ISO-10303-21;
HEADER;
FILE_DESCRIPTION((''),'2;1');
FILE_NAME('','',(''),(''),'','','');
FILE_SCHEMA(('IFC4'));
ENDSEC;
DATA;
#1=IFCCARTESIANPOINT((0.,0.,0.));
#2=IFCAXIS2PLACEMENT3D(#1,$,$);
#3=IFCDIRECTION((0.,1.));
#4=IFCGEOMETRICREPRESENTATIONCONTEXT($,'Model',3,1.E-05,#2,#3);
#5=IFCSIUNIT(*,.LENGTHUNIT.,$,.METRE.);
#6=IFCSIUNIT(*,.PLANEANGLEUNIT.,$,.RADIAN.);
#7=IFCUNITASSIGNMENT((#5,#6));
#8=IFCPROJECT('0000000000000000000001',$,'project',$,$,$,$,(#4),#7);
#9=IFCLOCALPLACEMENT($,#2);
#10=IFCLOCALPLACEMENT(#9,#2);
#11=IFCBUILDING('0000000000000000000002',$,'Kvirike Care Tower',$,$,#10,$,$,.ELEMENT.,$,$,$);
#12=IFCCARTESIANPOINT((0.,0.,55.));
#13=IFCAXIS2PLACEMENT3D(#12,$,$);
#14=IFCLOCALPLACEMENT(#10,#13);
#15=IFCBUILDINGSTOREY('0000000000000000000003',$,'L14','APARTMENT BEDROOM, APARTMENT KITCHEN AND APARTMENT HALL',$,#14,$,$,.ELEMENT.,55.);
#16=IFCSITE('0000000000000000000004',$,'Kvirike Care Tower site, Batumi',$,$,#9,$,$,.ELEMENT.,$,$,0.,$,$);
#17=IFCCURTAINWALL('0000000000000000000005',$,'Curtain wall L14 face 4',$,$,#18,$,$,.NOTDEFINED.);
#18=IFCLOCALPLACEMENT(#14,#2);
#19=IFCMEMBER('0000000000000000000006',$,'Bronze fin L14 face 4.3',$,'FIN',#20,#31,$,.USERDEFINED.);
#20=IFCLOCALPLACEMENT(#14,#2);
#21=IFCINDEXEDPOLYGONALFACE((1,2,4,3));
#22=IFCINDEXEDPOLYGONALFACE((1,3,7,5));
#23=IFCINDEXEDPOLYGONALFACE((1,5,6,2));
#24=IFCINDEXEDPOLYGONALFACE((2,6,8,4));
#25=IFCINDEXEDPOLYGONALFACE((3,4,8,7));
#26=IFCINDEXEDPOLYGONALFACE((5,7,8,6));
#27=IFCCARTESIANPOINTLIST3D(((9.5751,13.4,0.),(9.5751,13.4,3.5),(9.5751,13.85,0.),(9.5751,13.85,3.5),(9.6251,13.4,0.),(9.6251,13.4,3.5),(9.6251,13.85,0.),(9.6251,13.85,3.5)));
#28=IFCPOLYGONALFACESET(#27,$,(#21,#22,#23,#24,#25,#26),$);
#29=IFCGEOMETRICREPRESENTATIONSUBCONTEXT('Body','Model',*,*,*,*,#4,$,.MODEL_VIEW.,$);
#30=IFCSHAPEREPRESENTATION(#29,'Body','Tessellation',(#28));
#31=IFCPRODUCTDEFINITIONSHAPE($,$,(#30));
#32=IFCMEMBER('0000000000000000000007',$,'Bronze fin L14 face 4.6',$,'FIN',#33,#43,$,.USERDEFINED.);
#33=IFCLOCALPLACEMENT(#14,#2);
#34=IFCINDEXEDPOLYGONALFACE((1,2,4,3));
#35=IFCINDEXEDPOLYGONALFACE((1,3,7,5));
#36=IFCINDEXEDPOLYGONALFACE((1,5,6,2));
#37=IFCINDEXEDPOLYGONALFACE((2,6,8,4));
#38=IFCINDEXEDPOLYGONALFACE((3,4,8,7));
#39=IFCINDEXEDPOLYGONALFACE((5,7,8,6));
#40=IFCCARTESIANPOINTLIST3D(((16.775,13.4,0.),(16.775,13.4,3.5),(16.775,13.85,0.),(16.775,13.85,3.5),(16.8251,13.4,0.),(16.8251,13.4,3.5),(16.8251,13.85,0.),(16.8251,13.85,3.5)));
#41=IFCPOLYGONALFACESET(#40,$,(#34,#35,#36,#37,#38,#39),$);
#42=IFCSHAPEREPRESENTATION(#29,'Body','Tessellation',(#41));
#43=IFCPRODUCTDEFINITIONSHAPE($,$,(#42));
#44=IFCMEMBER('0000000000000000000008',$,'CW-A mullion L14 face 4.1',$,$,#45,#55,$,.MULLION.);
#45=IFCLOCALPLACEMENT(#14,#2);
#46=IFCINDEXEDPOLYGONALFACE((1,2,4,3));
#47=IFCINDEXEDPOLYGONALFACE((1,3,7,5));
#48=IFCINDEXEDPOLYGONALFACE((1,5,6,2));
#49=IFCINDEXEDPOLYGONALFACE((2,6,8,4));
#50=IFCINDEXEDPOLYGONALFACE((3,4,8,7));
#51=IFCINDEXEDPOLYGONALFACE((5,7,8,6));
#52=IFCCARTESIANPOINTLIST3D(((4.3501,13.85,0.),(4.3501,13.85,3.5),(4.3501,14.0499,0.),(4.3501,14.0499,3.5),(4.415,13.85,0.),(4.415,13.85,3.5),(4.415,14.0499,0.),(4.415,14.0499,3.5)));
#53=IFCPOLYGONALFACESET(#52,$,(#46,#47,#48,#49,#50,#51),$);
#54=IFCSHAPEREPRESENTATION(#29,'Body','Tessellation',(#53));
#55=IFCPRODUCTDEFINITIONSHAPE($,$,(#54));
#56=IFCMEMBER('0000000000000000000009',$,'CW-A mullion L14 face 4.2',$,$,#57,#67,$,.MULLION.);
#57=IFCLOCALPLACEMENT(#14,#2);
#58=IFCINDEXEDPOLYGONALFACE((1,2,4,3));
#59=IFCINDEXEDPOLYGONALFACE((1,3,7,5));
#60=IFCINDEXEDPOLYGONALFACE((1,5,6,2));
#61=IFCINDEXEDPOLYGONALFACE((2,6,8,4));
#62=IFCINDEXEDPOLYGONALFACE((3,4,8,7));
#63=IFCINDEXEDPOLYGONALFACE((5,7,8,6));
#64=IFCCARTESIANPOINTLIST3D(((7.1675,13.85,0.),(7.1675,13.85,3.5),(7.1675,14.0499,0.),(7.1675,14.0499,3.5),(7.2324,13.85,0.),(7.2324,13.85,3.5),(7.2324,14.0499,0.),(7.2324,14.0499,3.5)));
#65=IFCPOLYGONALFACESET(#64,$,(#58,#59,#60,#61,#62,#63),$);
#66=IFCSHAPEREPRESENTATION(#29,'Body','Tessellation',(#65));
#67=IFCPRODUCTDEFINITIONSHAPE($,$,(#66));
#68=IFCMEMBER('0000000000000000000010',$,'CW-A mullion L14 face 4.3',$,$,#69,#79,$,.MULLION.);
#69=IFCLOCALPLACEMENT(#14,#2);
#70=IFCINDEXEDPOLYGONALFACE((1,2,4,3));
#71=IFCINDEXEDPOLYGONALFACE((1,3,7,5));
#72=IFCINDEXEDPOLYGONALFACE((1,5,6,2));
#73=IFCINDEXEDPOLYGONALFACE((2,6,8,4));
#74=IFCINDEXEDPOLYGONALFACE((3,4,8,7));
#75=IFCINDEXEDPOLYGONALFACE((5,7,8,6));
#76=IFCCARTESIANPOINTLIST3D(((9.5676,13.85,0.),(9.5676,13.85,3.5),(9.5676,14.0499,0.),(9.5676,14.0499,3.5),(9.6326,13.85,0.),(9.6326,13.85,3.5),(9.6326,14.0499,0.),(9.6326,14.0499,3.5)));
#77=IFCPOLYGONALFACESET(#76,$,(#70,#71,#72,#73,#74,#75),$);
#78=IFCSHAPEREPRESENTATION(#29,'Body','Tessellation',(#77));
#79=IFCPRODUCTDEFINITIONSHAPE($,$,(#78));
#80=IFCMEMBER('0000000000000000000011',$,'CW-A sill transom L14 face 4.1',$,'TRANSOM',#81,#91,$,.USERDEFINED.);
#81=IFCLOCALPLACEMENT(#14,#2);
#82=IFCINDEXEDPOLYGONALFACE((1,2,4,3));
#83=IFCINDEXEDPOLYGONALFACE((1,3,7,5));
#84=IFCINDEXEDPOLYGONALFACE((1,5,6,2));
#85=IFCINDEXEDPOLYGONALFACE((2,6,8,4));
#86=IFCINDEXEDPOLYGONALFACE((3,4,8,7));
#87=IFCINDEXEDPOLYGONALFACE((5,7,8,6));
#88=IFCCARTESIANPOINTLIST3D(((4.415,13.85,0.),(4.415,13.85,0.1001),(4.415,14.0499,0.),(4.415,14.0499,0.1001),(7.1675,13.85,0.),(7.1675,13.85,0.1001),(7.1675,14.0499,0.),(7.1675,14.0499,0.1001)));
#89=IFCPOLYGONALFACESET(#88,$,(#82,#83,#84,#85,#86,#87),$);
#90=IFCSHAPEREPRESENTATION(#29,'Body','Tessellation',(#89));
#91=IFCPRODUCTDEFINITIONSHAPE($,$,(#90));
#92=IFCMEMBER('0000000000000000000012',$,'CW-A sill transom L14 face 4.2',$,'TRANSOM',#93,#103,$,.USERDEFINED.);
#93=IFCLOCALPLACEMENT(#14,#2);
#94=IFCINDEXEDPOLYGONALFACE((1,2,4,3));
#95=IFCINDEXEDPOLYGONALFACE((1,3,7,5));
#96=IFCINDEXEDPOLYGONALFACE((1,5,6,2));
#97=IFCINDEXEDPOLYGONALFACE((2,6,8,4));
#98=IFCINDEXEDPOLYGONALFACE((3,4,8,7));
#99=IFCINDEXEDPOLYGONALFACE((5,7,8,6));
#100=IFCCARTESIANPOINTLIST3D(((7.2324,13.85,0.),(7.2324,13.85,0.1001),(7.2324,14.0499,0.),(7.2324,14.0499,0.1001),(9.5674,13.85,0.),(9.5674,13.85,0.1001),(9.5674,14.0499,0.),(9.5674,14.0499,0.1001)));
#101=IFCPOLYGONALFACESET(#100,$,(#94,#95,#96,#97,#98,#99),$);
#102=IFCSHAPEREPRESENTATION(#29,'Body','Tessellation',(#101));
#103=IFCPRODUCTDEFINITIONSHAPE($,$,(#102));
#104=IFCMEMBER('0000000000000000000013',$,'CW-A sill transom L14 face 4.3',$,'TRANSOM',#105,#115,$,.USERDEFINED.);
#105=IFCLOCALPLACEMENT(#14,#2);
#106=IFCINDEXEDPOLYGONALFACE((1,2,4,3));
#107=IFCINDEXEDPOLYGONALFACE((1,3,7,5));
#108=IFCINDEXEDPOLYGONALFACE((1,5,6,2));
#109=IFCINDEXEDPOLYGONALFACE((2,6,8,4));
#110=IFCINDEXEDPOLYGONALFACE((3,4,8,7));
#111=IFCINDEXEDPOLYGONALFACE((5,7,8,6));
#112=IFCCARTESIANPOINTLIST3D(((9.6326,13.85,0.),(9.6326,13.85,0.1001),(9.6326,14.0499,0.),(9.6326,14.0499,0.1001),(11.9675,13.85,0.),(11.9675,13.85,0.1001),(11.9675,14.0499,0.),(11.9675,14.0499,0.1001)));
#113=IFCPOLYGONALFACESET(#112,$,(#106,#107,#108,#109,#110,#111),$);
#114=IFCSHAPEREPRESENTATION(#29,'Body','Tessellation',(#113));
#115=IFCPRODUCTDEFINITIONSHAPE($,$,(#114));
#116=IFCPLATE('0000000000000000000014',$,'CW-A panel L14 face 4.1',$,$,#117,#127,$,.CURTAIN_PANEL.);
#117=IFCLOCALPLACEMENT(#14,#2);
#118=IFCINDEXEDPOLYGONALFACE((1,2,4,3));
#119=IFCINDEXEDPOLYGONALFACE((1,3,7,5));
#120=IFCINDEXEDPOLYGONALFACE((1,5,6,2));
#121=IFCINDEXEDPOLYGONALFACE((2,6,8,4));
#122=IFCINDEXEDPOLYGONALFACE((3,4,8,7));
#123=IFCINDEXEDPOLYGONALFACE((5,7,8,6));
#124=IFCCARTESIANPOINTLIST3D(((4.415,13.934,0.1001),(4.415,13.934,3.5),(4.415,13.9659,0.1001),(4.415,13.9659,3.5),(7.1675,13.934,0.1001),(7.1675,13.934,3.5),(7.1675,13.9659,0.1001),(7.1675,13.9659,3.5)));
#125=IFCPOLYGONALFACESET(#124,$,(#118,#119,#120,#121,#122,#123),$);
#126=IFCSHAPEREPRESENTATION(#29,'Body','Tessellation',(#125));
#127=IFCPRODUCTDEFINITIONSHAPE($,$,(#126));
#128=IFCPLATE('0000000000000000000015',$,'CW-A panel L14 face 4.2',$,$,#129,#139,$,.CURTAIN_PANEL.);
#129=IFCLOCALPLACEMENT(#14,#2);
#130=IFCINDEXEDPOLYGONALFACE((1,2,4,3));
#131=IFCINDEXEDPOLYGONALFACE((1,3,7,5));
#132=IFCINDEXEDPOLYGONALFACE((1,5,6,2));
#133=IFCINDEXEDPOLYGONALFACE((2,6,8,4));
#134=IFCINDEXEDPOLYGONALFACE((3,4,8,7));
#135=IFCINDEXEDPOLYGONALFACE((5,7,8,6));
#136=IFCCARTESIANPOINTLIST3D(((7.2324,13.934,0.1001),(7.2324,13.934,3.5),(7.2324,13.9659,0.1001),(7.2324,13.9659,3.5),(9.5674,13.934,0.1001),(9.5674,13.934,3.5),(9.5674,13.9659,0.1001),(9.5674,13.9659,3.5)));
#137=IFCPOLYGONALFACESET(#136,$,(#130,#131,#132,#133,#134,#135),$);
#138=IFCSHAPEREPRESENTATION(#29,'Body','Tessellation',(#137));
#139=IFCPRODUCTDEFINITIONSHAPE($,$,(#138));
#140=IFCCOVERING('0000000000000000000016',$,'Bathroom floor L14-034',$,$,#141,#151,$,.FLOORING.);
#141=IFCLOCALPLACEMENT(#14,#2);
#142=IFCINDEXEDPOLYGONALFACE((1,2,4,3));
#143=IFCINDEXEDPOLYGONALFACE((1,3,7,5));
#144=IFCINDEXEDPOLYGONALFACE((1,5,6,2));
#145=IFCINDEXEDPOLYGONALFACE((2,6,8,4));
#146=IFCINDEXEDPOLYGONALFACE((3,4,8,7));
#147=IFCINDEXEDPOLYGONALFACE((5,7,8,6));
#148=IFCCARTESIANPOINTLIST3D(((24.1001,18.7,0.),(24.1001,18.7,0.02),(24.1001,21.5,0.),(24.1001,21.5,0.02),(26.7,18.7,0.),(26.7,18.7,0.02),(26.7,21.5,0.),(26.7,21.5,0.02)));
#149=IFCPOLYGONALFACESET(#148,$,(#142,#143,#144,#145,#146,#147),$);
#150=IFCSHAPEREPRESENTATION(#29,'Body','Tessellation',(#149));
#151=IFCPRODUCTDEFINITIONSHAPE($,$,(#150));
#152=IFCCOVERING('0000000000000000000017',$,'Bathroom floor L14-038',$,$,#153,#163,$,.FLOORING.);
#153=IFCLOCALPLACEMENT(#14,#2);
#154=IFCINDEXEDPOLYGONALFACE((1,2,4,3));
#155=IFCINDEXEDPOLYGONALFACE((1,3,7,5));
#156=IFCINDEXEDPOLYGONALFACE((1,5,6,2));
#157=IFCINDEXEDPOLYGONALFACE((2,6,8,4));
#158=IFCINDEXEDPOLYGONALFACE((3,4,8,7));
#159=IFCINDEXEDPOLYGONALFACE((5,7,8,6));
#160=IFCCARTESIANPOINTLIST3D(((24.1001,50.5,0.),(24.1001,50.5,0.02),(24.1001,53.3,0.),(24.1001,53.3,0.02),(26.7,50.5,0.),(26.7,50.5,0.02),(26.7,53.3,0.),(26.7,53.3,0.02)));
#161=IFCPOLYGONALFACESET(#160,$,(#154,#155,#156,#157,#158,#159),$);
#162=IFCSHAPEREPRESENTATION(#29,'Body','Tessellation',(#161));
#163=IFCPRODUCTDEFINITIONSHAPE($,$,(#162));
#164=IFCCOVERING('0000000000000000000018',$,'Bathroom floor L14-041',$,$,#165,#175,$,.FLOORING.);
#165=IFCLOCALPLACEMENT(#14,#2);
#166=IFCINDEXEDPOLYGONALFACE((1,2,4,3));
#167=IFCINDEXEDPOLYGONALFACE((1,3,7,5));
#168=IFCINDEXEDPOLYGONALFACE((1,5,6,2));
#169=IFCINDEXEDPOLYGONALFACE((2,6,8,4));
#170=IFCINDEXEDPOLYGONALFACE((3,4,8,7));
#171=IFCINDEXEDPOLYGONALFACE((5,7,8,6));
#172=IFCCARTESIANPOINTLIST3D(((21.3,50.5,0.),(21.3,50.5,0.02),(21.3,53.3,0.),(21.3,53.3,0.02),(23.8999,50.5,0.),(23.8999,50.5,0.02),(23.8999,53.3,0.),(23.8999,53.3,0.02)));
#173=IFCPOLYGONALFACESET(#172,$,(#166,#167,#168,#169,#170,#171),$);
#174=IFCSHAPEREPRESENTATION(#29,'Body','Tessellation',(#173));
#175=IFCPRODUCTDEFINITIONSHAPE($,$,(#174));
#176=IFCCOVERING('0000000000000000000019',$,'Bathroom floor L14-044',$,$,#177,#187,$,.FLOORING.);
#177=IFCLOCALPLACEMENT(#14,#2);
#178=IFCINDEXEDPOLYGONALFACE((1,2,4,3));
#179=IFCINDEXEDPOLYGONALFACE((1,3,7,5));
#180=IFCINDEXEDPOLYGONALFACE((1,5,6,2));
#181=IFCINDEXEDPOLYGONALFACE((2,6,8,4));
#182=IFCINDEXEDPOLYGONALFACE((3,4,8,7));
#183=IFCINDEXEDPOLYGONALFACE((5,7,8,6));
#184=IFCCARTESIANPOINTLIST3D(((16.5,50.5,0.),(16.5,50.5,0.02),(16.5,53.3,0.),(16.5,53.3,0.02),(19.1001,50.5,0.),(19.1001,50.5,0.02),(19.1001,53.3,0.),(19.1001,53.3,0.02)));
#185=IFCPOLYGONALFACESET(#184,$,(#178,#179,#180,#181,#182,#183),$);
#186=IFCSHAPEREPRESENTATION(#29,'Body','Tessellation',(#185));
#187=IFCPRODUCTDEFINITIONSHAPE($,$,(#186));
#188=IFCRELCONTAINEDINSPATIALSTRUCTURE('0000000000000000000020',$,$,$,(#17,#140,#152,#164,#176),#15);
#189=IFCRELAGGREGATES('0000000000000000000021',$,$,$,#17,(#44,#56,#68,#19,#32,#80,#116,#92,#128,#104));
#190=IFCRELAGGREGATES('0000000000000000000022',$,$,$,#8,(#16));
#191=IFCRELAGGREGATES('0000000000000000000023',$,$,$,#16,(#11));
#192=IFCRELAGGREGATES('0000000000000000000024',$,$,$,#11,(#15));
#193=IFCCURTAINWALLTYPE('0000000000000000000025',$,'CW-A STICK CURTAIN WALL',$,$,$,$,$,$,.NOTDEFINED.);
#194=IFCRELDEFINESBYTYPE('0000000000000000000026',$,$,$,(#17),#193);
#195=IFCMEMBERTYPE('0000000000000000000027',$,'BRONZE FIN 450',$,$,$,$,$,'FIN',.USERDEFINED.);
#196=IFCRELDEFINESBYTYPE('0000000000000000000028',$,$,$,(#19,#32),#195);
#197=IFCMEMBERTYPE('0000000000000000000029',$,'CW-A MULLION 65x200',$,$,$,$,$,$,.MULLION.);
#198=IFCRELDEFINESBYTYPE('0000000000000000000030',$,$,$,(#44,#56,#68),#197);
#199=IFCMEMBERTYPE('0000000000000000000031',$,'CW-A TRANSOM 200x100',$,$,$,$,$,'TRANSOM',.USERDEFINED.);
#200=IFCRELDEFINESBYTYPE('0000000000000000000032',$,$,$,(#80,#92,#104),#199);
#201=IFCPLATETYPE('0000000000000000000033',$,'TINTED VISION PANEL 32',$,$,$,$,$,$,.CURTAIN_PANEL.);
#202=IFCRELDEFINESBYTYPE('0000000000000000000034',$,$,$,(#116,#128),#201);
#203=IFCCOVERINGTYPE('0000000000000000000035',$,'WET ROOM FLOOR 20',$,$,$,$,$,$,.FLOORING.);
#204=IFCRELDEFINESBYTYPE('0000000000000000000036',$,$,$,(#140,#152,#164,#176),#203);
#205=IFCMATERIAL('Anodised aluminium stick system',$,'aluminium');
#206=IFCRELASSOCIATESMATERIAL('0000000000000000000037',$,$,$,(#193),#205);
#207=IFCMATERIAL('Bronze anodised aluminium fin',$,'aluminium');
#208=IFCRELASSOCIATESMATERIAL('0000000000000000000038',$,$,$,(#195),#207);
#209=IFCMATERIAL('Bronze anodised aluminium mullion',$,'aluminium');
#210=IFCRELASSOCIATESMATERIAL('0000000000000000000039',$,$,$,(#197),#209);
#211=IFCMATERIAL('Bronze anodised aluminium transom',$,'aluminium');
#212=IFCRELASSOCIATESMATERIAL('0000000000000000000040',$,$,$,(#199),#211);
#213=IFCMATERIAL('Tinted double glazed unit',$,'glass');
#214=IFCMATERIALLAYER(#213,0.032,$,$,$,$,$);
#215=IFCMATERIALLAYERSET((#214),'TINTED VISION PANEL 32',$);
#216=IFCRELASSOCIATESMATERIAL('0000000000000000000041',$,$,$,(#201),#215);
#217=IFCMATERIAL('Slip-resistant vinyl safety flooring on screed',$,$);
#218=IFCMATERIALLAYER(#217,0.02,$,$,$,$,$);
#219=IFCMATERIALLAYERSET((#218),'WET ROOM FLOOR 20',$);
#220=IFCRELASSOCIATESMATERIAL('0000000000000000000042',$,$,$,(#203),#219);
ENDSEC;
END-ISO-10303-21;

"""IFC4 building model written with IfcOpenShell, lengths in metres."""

from ifc_helpers import new_model, si_unit, direction, frame, origin, origin_2d, place, context, subcontext, project, spatial, polyline, rectangle, outline, extrude, material, layer, layer_set, material_profile, profile_set, type_object, element, aggregate, save


model = new_model("IFC4")

# Units and contexts
model_context = context("Model", 3, precision=1e-05, world=origin(), true_north=direction((0.0, 1.0)))
body_context = subcontext(model_context, "Body", "Model", "MODEL_VIEW")
ifc_project = project(units=[si_unit("LENGTHUNIT", "METRE"), si_unit("PLANEANGLEUNIT", "RADIAN")], contexts=[model_context])

# Site, building, storey
site_placement = place(None, origin())
site = spatial("IfcSite", under=ifc_project, at=site_placement, Name="Kvirike Care Tower site, Batumi", CompositionType="ELEMENT", RefElevation=0.0)
building_placement = place(site_placement, origin())
building = spatial("IfcBuilding", under=site, at=building_placement, Name="Kvirike Care Tower", CompositionType="ELEMENT")
storey_placement = place(building_placement, frame((0.0, 0.0, 55.0)))
storey = spatial("IfcBuildingStorey", under=building, at=storey_placement, Name="L14", Description="APARTMENT BEDROOM, APARTMENT KITCHEN AND APARTMENT HALL", CompositionType="ELEMENT", Elevation=55.0)

# Curtain wall, members, plates
ifc_material_1 = material(Name="Anodised aluminium stick system", Category="aluminium")
curtain_wall_type = type_object("IfcCurtainWallType", Name="CW-A STICK CURTAIN WALL", PredefinedType="NOTDEFINED", material=ifc_material_1)
curtain_wall_placement = place(storey_placement, origin())
curtain_wall = element("IfcCurtainWall", 1, at=curtain_wall_placement, inside=storey, type_object=curtain_wall_type, Name="Curtain wall L14 face 4", PredefinedType="NOTDEFINED")
ifc_material_2 = material(Name="Bronze anodised aluminium fin", Category="aluminium")
ifc_material_profile_1 = material_profile(ifc_material_2, rectangle(XDim=0.05, YDim=0.45, at=origin_2d()), Name="BRONZE FIN 450")
ifc_profile_set_1 = profile_set([ifc_material_profile_1], Name="Bronze anodised aluminium fin")
member_type_1 = type_object("IfcMemberType", Name="BRONZE FIN 450", ElementType="FIN", PredefinedType="USERDEFINED", material=ifc_profile_set_1)
member_1_placement = place(storey_placement, frame((9.6001, 13.625, 0.0), z_axis=(0.0, 0.0, 1.0), x_axis=(1.0, 0.0, 0.0)))
member_1 = element("IfcMember", 2, at=member_1_placement, type_object=member_type_1, Name="Bronze fin L14 face 4.3", ObjectType="FIN", PredefinedType="USERDEFINED", context=body_context, shape_type="SweptSolid", body=[
    extrude(rectangle(XDim=0.05, YDim=0.45, at=origin_2d()), origin(), (0.0, 0.0, 1.0), 3.5),
])
member_2_placement = place(storey_placement, frame((16.8, 13.625, 0.0), z_axis=(0.0, 0.0, 1.0), x_axis=(1.0, 0.0, 0.0)))
member_2 = element("IfcMember", 3, at=member_2_placement, type_object=member_type_1, Name="Bronze fin L14 face 4.6", ObjectType="FIN", PredefinedType="USERDEFINED", context=body_context, shape_type="SweptSolid", body=[
    extrude(rectangle(XDim=0.05, YDim=0.45, at=origin_2d()), origin(), (0.0, 0.0, 1.0), 3.5),
])
ifc_material_3 = material(Name="Bronze anodised aluminium mullion", Category="aluminium")
ifc_material_profile_2 = material_profile(ifc_material_3, rectangle(XDim=0.0649, YDim=0.2, at=origin_2d()), Name="CW-A MULLION 65x200")
ifc_profile_set_2 = profile_set([ifc_material_profile_2], Name="Bronze anodised aluminium mullion")
member_type_2 = type_object("IfcMemberType", Name="CW-A MULLION 65x200", PredefinedType="MULLION", material=ifc_profile_set_2)
member_3_placement = place(storey_placement, frame((4.3826, 13.95, 0.0), z_axis=(0.0, 0.0, 1.0), x_axis=(1.0, 0.0, 0.0)))
member_3 = element("IfcMember", 4, at=member_3_placement, type_object=member_type_2, Name="CW-A mullion L14 face 4.1", PredefinedType="MULLION", context=body_context, shape_type="SweptSolid", body=[
    extrude(rectangle(XDim=0.0649, YDim=0.2, at=origin_2d()), origin(), (0.0, 0.0, 1.0), 3.5),
])
member_4_placement = place(storey_placement, frame((7.2, 13.95, 0.0), z_axis=(0.0, 0.0, 1.0), x_axis=(1.0, 0.0, 0.0)))
member_4 = element("IfcMember", 5, at=member_4_placement, type_object=member_type_2, Name="CW-A mullion L14 face 4.2", PredefinedType="MULLION", context=body_context, shape_type="SweptSolid", body=[
    extrude(rectangle(XDim=0.0649, YDim=0.2, at=origin_2d()), origin(), (0.0, 0.0, 1.0), 3.5),
])
member_5_placement = place(storey_placement, frame((9.6001, 13.95, 0.0), z_axis=(0.0, 0.0, 1.0), x_axis=(1.0, 0.0, 0.0)))
member_5 = element("IfcMember", 6, at=member_5_placement, type_object=member_type_2, Name="CW-A mullion L14 face 4.3", PredefinedType="MULLION", context=body_context, shape_type="SweptSolid", body=[
    extrude(rectangle(XDim=0.0649, YDim=0.2, at=origin_2d()), origin(), (0.0, 0.0, 1.0), 3.5),
])
ifc_material_4 = material(Name="Bronze anodised aluminium transom", Category="aluminium")
ifc_material_profile_3 = material_profile(ifc_material_4, rectangle(XDim=0.2, YDim=0.1001, at=origin_2d()), Name="CW-A TRANSOM 200x100")
ifc_profile_set_3 = profile_set([ifc_material_profile_3], Name="Bronze anodised aluminium transom")
member_type_3 = type_object("IfcMemberType", Name="CW-A TRANSOM 200x100", ElementType="TRANSOM", PredefinedType="USERDEFINED", material=ifc_profile_set_3)
member_6_placement = place(storey_placement, frame((4.415, 13.95, 0.05), z_axis=(1.0, 0.0, 0.0), x_axis=(0.0, 1.0, 0.0)))
member_6 = element("IfcMember", 7, at=member_6_placement, type_object=member_type_3, Name="CW-A sill transom L14 face 4.1", ObjectType="TRANSOM", PredefinedType="USERDEFINED", context=body_context, shape_type="SweptSolid", body=[
    extrude(rectangle(XDim=0.2, YDim=0.1001, at=origin_2d()), origin(), (0.0, 0.0, 1.0), 2.7524),
])
member_7_placement = place(storey_placement, frame((7.2324, 13.95, 0.05), z_axis=(1.0, 0.0, 0.0), x_axis=(0.0, 1.0, 0.0)))
member_7 = element("IfcMember", 8, at=member_7_placement, type_object=member_type_3, Name="CW-A sill transom L14 face 4.2", ObjectType="TRANSOM", PredefinedType="USERDEFINED", context=body_context, shape_type="SweptSolid", body=[
    extrude(rectangle(XDim=0.2, YDim=0.1001, at=origin_2d()), origin(), (0.0, 0.0, 1.0), 2.335),
])
member_8_placement = place(storey_placement, frame((9.6326, 13.95, 0.05), z_axis=(1.0, 0.0, 0.0), x_axis=(0.0, 1.0, 0.0)))
member_8 = element("IfcMember", 9, at=member_8_placement, type_object=member_type_3, Name="CW-A sill transom L14 face 4.3", ObjectType="TRANSOM", PredefinedType="USERDEFINED", context=body_context, shape_type="SweptSolid", body=[
    extrude(rectangle(XDim=0.2, YDim=0.1001, at=origin_2d()), origin(), (0.0, 0.0, 1.0), 2.335),
])
ifc_material_5 = material(Name="Tinted double glazed unit", Category="glass")
ifc_layer_1 = layer(ifc_material_5, 0.032)
ifc_layer_set_1 = layer_set([ifc_layer_1], Name="TINTED VISION PANEL 32")
plate_type = type_object("IfcPlateType", Name="TINTED VISION PANEL 32", PredefinedType="CURTAIN_PANEL", material=ifc_layer_set_1)
plate_1_placement = place(storey_placement, frame((5.7913, 13.95, 0.1001), z_axis=(0.0, 0.0, 1.0), x_axis=(1.0, 0.0, 0.0)))
plate_1 = element("IfcPlate", 10, at=plate_1_placement, type_object=plate_type, Name="CW-A panel L14 face 4.1", PredefinedType="CURTAIN_PANEL", context=body_context, shape_type="SweptSolid", body=[
    extrude(rectangle(XDim=2.7524, YDim=0.032, at=origin_2d()), origin(), (0.0, 0.0, 1.0), 3.3999),
])
plate_2_placement = place(storey_placement, frame((8.3999, 13.95, 0.1001), z_axis=(0.0, 0.0, 1.0), x_axis=(1.0, 0.0, 0.0)))
plate_2 = element("IfcPlate", 11, at=plate_2_placement, type_object=plate_type, Name="CW-A panel L14 face 4.2", PredefinedType="CURTAIN_PANEL", context=body_context, shape_type="SweptSolid", body=[
    extrude(rectangle(XDim=2.335, YDim=0.032, at=origin_2d()), origin(), (0.0, 0.0, 1.0), 3.3999),
])
aggregate(curtain_wall, [member_3, member_4, member_5, member_1, member_2, member_6, plate_1, member_7, plate_2, member_8])

# Coverings
ifc_material_6 = material(Name="Slip-resistant vinyl safety flooring on screed")
ifc_layer_2 = layer(ifc_material_6, 0.02)
ifc_layer_set_2 = layer_set([ifc_layer_2], Name="WET ROOM FLOOR 20")
covering_type = type_object("IfcCoveringType", Name="WET ROOM FLOOR 20", PredefinedType="FLOORING", material=ifc_layer_set_2)
covering_1_placement = place(storey_placement, origin())
element("IfcCovering", 12, at=covering_1_placement, inside=storey, type_object=covering_type, Name="Bathroom floor L14-034", PredefinedType="FLOORING", context=body_context, shape_type="SweptSolid", body=[
    extrude(outline(polyline([(24.1001, 18.7), (24.1001, 21.5), (26.7, 21.5), (26.7, 18.7), (24.1001, 18.7)])), origin(), (0.0, 0.0, 1.0), 0.02),
])
covering_2_placement = place(storey_placement, origin())
element("IfcCovering", 13, at=covering_2_placement, inside=storey, type_object=covering_type, Name="Bathroom floor L14-038", PredefinedType="FLOORING", context=body_context, shape_type="SweptSolid", body=[
    extrude(outline(polyline([(26.7, 53.3), (26.7, 50.5), (24.1001, 50.5), (24.1001, 53.3), (26.7, 53.3)])), origin(), (0.0, 0.0, 1.0), 0.02),
])
covering_3_placement = place(storey_placement, origin())
element("IfcCovering", 14, at=covering_3_placement, inside=storey, type_object=covering_type, Name="Bathroom floor L14-041", PredefinedType="FLOORING", context=body_context, shape_type="SweptSolid", body=[
    extrude(outline(polyline([(23.8999, 53.3), (23.8999, 50.5), (21.3, 50.5), (21.3, 53.3), (23.8999, 53.3)])), origin(), (0.0, 0.0, 1.0), 0.02),
])
covering_4_placement = place(storey_placement, origin())
element("IfcCovering", 15, at=covering_4_placement, inside=storey, type_object=covering_type, Name="Bathroom floor L14-044", PredefinedType="FLOORING", context=body_context, shape_type="SweptSolid", body=[
    extrude(outline(polyline([(19.1001, 53.3), (19.1001, 50.5), (16.5, 50.5), (16.5, 53.3), (19.1001, 53.3)])), origin(), (0.0, 0.0, 1.0), 0.02),
])

save(model, "model.ifc")
